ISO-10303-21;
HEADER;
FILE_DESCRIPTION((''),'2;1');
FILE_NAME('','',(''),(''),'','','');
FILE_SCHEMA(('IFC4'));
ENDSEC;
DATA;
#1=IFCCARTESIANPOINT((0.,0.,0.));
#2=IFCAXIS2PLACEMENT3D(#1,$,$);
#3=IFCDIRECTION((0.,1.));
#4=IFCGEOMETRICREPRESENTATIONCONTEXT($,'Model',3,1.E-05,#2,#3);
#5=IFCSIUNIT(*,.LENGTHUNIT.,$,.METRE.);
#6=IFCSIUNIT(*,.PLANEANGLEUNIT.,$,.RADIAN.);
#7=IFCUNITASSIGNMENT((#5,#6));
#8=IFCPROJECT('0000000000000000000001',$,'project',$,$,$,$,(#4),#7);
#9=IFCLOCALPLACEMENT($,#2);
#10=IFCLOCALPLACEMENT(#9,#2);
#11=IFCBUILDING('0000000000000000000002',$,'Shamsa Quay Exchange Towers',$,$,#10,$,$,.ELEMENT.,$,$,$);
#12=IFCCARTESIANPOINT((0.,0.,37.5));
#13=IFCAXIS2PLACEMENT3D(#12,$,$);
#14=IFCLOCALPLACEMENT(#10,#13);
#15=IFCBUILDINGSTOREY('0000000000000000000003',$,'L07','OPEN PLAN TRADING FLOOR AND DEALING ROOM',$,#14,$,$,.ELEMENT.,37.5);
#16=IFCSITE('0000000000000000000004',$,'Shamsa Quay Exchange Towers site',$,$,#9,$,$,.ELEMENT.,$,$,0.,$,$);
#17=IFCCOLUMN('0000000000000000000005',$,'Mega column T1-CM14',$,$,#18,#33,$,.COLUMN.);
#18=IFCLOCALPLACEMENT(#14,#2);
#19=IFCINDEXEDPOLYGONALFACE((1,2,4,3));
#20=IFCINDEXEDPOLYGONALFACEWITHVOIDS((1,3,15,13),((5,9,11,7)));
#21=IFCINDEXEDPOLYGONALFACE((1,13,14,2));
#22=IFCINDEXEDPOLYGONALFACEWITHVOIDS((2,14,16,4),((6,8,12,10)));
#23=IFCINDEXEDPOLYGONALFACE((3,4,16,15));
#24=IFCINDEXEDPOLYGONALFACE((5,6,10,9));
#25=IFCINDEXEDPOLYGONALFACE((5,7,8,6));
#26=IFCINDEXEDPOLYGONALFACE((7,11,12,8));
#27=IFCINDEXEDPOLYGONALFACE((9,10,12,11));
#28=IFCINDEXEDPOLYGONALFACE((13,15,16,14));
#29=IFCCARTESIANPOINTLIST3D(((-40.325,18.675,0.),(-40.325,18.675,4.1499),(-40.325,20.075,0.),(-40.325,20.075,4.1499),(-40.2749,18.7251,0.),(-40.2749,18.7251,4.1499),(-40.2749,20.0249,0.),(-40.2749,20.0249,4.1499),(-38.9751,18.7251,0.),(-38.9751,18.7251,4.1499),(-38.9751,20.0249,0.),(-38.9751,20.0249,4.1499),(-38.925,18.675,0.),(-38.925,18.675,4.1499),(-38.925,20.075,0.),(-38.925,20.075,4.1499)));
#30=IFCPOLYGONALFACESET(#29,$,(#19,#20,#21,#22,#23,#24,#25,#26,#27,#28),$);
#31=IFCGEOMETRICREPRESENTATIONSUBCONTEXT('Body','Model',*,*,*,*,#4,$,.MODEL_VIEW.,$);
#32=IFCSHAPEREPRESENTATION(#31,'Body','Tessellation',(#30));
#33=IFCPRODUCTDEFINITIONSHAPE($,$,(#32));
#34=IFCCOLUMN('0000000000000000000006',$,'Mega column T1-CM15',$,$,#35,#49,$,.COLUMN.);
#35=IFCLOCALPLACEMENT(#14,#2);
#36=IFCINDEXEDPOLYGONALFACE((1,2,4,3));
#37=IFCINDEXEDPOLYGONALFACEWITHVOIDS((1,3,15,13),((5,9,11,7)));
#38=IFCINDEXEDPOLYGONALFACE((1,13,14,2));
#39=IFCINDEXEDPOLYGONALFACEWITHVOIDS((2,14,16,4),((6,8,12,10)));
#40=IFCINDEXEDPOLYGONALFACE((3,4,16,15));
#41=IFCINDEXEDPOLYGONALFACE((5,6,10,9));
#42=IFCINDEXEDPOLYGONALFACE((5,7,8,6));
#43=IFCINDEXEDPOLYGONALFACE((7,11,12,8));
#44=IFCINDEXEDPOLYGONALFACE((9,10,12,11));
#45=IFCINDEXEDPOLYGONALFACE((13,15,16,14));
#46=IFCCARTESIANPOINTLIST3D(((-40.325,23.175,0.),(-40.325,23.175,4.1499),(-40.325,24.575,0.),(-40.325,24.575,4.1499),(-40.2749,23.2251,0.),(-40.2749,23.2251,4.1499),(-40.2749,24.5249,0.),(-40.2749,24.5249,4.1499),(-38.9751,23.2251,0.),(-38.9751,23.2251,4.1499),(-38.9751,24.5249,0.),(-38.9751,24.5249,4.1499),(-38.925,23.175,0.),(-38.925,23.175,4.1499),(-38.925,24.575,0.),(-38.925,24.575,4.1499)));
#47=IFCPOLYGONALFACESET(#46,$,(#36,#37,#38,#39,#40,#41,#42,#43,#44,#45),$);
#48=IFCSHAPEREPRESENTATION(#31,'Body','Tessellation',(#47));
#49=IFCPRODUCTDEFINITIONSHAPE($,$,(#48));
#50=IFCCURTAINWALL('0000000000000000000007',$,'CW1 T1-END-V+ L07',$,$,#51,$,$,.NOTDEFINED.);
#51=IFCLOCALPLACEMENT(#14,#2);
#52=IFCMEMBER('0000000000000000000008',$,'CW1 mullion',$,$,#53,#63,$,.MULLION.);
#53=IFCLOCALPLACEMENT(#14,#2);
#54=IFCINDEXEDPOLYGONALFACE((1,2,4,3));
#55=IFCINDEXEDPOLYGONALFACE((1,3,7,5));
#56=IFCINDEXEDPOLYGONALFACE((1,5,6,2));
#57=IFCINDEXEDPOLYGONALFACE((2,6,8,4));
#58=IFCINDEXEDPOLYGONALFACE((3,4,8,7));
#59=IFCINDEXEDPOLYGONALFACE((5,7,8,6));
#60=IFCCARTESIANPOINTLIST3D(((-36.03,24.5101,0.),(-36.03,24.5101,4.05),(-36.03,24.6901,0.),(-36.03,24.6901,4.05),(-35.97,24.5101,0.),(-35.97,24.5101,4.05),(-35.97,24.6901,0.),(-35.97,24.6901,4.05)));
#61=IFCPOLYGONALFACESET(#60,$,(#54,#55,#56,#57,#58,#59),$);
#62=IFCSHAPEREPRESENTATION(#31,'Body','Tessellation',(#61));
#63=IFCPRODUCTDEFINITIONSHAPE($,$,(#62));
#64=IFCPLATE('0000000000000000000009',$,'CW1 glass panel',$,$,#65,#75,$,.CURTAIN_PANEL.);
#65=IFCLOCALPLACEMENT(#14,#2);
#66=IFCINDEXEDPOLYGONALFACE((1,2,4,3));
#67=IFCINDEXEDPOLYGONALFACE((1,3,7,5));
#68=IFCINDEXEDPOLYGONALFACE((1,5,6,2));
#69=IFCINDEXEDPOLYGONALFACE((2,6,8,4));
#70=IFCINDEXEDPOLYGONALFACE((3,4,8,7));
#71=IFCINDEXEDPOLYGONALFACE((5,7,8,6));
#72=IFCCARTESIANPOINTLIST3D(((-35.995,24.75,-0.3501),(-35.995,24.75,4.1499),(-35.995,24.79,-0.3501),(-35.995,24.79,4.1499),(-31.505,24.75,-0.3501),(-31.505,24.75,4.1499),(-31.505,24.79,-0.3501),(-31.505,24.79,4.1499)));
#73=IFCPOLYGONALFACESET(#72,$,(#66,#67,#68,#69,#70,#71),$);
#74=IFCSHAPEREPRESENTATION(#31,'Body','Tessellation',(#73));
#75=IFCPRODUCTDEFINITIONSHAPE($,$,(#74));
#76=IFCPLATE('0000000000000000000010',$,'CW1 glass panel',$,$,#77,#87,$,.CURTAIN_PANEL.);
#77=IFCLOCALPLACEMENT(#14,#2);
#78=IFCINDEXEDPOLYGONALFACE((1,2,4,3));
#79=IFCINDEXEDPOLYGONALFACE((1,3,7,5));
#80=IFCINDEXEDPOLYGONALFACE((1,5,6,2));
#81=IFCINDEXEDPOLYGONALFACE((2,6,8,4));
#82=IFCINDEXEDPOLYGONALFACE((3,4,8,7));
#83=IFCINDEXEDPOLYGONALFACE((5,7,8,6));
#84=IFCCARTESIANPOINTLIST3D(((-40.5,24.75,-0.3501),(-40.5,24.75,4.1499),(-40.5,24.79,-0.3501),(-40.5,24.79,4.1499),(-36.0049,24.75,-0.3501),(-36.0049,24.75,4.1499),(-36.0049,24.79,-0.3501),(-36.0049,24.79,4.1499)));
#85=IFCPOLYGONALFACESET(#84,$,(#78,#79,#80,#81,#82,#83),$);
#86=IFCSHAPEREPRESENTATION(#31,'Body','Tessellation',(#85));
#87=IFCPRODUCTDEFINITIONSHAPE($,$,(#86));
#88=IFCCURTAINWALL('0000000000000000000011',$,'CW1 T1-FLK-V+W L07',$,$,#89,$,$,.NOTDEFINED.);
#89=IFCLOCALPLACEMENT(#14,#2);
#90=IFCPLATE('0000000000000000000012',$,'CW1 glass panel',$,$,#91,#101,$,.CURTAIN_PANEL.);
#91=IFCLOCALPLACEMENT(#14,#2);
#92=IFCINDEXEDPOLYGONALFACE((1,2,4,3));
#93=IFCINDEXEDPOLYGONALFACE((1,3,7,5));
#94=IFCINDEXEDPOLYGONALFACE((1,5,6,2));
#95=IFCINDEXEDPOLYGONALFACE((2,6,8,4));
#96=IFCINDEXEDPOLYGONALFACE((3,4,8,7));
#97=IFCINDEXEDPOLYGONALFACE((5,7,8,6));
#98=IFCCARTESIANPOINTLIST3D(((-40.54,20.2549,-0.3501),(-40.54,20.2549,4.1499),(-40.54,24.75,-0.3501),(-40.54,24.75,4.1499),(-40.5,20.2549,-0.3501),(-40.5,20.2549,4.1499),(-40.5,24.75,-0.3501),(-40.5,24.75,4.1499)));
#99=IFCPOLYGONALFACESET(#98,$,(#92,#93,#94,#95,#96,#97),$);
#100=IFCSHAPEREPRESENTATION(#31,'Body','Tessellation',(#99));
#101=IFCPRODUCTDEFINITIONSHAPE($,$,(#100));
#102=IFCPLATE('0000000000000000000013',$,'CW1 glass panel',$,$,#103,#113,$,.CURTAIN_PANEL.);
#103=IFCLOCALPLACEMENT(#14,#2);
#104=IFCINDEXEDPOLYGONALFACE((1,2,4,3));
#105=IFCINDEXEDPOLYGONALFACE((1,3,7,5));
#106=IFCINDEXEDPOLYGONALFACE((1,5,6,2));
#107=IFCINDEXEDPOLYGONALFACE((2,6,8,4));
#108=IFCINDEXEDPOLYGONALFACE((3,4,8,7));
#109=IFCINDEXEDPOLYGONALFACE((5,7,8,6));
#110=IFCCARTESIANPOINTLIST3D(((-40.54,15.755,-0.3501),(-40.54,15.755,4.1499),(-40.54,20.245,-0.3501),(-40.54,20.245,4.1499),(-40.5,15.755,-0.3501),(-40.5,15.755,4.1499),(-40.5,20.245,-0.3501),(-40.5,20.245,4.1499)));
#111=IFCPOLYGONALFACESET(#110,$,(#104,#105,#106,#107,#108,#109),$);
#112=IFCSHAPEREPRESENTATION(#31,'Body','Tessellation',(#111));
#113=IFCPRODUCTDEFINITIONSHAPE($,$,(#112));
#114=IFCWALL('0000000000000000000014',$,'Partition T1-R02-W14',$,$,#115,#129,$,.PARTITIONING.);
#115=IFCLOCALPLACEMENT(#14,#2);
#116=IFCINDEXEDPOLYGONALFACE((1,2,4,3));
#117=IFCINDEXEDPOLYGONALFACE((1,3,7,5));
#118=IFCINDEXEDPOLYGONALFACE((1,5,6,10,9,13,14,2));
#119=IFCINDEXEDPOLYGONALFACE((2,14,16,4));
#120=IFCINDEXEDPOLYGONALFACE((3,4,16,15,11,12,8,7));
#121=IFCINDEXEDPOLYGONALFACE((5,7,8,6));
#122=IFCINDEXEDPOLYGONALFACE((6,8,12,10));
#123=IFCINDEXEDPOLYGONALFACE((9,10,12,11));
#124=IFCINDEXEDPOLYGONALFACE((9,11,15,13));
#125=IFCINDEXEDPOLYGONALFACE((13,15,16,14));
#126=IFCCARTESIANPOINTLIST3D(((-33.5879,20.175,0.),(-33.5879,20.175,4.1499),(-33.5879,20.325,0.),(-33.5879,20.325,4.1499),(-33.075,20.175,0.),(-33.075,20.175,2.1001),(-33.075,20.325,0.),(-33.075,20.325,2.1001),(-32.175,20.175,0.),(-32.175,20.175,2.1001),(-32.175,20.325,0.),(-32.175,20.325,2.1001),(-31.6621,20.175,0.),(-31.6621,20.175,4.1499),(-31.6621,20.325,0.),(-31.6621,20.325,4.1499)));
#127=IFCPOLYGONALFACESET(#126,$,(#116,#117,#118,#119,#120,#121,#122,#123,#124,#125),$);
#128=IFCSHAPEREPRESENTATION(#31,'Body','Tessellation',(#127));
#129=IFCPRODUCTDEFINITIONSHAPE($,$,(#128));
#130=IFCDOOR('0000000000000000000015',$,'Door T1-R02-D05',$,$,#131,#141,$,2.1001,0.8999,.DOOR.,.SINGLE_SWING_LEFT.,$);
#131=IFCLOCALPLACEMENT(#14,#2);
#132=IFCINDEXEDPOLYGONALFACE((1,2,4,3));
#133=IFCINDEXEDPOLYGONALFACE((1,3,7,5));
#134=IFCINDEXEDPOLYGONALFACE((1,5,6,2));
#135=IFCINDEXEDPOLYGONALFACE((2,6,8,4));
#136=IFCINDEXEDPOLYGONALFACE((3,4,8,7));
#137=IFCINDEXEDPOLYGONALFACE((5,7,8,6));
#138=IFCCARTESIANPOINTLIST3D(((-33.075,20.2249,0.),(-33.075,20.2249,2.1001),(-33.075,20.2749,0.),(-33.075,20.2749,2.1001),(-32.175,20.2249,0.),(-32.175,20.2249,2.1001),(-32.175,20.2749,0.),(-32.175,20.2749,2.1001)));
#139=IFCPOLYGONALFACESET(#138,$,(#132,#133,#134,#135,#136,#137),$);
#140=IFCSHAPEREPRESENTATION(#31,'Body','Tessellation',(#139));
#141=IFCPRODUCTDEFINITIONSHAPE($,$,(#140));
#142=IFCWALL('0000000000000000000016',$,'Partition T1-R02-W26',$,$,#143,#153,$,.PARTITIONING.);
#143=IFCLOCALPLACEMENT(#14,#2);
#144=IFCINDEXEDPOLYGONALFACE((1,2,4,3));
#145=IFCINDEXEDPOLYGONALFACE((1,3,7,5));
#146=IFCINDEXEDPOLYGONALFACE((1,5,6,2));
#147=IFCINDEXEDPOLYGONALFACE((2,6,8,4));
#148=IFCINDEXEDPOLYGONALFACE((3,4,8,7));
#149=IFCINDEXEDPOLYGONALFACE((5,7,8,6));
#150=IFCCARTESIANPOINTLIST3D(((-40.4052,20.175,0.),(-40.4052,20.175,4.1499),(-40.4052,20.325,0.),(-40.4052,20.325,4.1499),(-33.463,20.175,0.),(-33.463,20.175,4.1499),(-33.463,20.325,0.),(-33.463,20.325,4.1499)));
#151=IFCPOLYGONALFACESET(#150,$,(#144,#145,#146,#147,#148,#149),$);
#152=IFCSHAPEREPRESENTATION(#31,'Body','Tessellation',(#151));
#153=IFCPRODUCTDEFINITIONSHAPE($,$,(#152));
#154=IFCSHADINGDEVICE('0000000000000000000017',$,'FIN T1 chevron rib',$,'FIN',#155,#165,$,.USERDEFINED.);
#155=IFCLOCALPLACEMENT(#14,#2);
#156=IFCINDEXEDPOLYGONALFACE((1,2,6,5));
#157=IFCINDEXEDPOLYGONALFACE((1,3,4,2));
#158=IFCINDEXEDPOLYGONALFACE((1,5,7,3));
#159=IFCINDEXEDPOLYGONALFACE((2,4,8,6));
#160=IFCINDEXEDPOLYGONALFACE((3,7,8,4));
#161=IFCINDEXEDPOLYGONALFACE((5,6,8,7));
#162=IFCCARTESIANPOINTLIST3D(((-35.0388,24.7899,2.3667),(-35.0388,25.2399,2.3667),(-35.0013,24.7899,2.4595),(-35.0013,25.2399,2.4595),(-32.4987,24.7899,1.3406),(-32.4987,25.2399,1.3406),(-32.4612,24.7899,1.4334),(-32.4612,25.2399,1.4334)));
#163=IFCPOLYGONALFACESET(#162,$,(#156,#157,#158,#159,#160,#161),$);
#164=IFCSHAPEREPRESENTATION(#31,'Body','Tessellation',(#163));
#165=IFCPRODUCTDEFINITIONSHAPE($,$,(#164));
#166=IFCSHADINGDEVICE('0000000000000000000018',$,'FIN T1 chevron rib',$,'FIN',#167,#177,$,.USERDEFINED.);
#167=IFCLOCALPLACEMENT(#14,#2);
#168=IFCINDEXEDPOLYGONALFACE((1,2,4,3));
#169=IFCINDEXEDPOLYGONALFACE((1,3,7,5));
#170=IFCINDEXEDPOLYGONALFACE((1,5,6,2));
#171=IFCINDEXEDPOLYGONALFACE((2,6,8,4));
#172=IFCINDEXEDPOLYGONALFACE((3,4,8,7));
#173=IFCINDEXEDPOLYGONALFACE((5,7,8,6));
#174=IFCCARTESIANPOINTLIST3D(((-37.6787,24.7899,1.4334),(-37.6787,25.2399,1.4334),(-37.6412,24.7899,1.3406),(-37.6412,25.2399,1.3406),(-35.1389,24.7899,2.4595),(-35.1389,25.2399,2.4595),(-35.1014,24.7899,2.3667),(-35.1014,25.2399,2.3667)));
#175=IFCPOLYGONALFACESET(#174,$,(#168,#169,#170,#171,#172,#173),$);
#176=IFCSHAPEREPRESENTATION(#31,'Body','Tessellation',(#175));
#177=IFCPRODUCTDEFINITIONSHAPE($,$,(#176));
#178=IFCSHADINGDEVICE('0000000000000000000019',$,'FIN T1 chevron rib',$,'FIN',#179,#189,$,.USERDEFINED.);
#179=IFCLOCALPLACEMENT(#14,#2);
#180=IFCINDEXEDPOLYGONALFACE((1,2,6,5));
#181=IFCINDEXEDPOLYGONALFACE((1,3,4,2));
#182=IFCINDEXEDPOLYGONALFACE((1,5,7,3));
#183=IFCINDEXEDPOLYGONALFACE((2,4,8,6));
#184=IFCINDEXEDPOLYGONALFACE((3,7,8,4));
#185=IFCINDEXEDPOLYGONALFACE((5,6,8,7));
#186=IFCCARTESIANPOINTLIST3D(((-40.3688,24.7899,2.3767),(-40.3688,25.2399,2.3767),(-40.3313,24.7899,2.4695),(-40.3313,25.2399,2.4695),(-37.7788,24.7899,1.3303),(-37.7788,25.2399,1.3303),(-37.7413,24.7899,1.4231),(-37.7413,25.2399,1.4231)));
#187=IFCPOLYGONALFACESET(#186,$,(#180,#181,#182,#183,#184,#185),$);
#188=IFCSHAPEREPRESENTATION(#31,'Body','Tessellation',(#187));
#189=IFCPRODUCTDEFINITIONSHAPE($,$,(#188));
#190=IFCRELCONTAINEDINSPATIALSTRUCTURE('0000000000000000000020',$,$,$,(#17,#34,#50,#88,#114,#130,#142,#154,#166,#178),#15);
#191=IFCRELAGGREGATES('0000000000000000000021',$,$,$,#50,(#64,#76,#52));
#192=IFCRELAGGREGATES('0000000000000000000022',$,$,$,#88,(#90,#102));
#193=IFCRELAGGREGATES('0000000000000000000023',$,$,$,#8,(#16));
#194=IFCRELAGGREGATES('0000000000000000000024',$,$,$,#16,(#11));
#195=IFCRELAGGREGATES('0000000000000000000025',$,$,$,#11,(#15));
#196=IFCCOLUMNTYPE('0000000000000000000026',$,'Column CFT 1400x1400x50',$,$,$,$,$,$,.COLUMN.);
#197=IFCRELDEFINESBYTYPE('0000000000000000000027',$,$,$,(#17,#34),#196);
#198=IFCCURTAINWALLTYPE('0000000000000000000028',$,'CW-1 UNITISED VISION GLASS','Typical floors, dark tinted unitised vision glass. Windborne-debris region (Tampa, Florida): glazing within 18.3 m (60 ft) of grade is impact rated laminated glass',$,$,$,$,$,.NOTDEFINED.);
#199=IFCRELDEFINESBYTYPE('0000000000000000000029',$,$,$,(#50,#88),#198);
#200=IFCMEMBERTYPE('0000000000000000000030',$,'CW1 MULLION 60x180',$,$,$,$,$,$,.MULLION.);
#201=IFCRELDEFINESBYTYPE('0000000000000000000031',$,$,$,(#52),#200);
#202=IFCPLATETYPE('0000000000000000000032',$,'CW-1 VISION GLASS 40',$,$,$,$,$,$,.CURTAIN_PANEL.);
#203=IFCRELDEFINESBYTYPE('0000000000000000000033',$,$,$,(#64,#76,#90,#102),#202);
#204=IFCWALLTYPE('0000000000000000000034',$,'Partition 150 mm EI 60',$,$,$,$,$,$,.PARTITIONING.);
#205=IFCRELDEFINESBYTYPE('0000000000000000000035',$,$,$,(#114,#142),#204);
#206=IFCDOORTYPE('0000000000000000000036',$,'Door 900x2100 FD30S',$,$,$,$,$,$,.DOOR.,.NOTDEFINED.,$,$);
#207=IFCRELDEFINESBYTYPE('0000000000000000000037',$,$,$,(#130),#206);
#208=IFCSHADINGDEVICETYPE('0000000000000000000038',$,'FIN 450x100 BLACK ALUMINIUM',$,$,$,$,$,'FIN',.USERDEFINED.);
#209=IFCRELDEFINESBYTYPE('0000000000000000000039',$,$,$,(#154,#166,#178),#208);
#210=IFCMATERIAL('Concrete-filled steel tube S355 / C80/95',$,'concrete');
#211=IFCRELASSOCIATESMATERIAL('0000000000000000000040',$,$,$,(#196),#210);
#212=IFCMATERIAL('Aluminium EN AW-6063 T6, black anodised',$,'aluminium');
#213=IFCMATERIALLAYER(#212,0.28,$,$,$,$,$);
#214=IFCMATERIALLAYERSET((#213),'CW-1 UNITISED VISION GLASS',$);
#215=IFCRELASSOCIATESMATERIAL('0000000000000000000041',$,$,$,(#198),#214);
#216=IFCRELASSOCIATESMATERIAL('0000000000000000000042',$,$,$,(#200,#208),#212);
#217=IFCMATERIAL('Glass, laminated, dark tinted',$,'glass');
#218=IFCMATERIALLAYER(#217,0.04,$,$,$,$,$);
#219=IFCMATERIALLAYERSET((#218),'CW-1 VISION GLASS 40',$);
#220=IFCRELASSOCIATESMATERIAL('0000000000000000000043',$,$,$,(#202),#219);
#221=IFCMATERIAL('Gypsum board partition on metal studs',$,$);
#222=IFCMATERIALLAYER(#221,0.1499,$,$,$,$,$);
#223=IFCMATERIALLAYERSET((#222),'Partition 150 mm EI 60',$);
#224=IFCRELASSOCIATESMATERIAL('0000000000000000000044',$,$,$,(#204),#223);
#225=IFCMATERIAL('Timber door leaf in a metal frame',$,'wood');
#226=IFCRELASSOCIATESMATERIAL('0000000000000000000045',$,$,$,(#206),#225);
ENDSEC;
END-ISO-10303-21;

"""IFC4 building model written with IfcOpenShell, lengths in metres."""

from ifc_helpers import new_model, si_unit, direction, frame, frame_2d, origin, origin_2d, place, context, subcontext, project, spatial, rectangle, hollow_rectangle, extrude, material, layer, layer_set, material_profile, profile_set, type_object, element, fill, aggregate, save


model = new_model("IFC4")

# Units and contexts
model_context = context("Model", 3, precision=1e-05, world=origin(), true_north=direction((0.0, 1.0)))
body_context = subcontext(model_context, "Body", "Model", "MODEL_VIEW")
ifc_project = project(units=[si_unit("LENGTHUNIT", "METRE"), si_unit("PLANEANGLEUNIT", "RADIAN")], contexts=[model_context])

# Site, building, storey
site_placement = place(None, origin())
site = spatial("IfcSite", under=ifc_project, at=site_placement, Name="Shamsa Quay Exchange Towers site", CompositionType="ELEMENT", RefElevation=0.0)
building_placement = place(site_placement, origin())
building = spatial("IfcBuilding", under=site, at=building_placement, Name="Shamsa Quay Exchange Towers", CompositionType="ELEMENT")
storey_placement = place(building_placement, frame((0.0, 0.0, 37.5)))
storey = spatial("IfcBuildingStorey", under=building, at=storey_placement, Name="L07", Description="OPEN PLAN TRADING FLOOR AND DEALING ROOM", CompositionType="ELEMENT", Elevation=37.5)

# Columns
ifc_material_1 = material(Name="Concrete-filled steel tube S355 / C80/95", Category="concrete")
ifc_material_profile_1 = material_profile(ifc_material_1, hollow_rectangle(XDim=1.3999, YDim=1.3999, WallThickness=0.05, at=origin_2d()), Name="CFT 1400x1400x50")
ifc_profile_set_1 = profile_set([ifc_material_profile_1], Name="Concrete-filled steel tube S355 / C80/95")
column_type = type_object("IfcColumnType", Name="Column CFT 1400x1400x50", PredefinedType="COLUMN", material=ifc_profile_set_1)
for number, where, name in (
    (1, (-39.625, 19.375, 0.0), "Mega column T1-CM14"),
    (2, (-39.625, 23.875, 0.0), "Mega column T1-CM15"),
):
    element("IfcColumn", number, at=place(storey_placement, frame(where)), inside=storey, type_object=column_type, Name=name, PredefinedType="COLUMN", context=body_context, shape_type="SweptSolid", body=[
        extrude(hollow_rectangle(XDim=1.3999, YDim=1.3999, WallThickness=0.05, at=origin_2d()), origin(), (0.0, 0.0, 1.0), 4.1499),
    ])

# Curtain wall, member, plates
ifc_material_2 = material(Name="Aluminium EN AW-6063 T6, black anodised", Category="aluminium")
ifc_layer_1 = layer(ifc_material_2, 0.28)
ifc_layer_set_1 = layer_set([ifc_layer_1], Name="CW-1 UNITISED VISION GLASS")
curtain_wall_type = type_object("IfcCurtainWallType", Name="CW-1 UNITISED VISION GLASS", Description="Typical floors, dark tinted unitised vision glass. Windborne-debris region (Tampa, Florida): glazing within 18.3 m (60 ft) of grade is impact rated laminated glass", PredefinedType="NOTDEFINED", material=ifc_layer_set_1)
curtain_wall_1_placement = place(storey_placement, origin())
curtain_wall_1 = element("IfcCurtainWall", 3, at=curtain_wall_1_placement, inside=storey, type_object=curtain_wall_type, Name="CW1 T1-END-V+ L07", PredefinedType="NOTDEFINED")
ifc_material_profile_2 = material_profile(ifc_material_2, rectangle(XDim=0.1799, YDim=0.0601, at=origin_2d()), Name="MU60x180")
ifc_profile_set_2 = profile_set([ifc_material_profile_2], Name="Aluminium EN AW-6063 T6, black anodised")
member_type = type_object("IfcMemberType", Name="CW1 MULLION 60x180", PredefinedType="MULLION", material=ifc_profile_set_2)
member_placement = place(storey_placement, frame((-36.0, 24.6001, 0.0), z_axis=(0.0, 0.0, 1.0), x_axis=(0.0, -1.0, 0.0)))
member = element("IfcMember", 4, at=member_placement, type_object=member_type, Name="CW1 mullion", PredefinedType="MULLION", context=body_context, shape_type="SweptSolid", body=[
    extrude(rectangle(XDim=0.1799, YDim=0.0601, at=origin_2d()), origin(), (0.0, 0.0, 1.0), 4.05),
])
ifc_material_3 = material(Name="Glass, laminated, dark tinted", Category="glass")
ifc_layer_2 = layer(ifc_material_3, 0.04)
ifc_layer_set_2 = layer_set([ifc_layer_2], Name="CW-1 VISION GLASS 40")
plate_type = type_object("IfcPlateType", Name="CW-1 VISION GLASS 40", PredefinedType="CURTAIN_PANEL", material=ifc_layer_set_2)
plate_1_placement = place(storey_placement, frame((-33.75, 24.77, -0.3501), z_axis=(0.0, 0.0, 1.0), x_axis=(-1.0, 0.0, 0.0)))
plate_1 = element("IfcPlate", 5, at=plate_1_placement, type_object=plate_type, Name="CW1 glass panel", PredefinedType="CURTAIN_PANEL", context=body_context, shape_type="SweptSolid", body=[
    extrude(rectangle(XDim=4.49, YDim=0.04, at=origin_2d()), origin(), (0.0, 0.0, 1.0), 4.5),
])
plate_2_placement = place(storey_placement, frame((-38.2524, 24.77, -0.3501), z_axis=(0.0, 0.0, 1.0), x_axis=(-1.0, 0.0, 0.0)))
plate_2 = element("IfcPlate", 6, at=plate_2_placement, type_object=plate_type, Name="CW1 glass panel", PredefinedType="CURTAIN_PANEL", context=body_context, shape_type="SweptSolid", body=[
    extrude(rectangle(XDim=4.4951, YDim=0.04, at=origin_2d()), origin(), (0.0, 0.0, 1.0), 4.5),
])
aggregate(curtain_wall_1, [plate_1, plate_2, member])

# Curtain wall, plates
curtain_wall_2_placement = place(storey_placement, origin())
curtain_wall_2 = element("IfcCurtainWall", 7, at=curtain_wall_2_placement, inside=storey, type_object=curtain_wall_type, Name="CW1 T1-FLK-V+W L07", PredefinedType="NOTDEFINED")
plate_3_placement = place(storey_placement, frame((-40.52, 22.5024, -0.3501), z_axis=(0.0, 0.0, 1.0), x_axis=(0.0, -1.0, 0.0)))
plate_3 = element("IfcPlate", 8, at=plate_3_placement, type_object=plate_type, Name="CW1 glass panel", PredefinedType="CURTAIN_PANEL", context=body_context, shape_type="SweptSolid", body=[
    extrude(rectangle(XDim=4.4951, YDim=0.04, at=origin_2d()), origin(), (0.0, 0.0, 1.0), 4.5),
])
plate_4_placement = place(storey_placement, frame((-40.52, 18.0, -0.3501), z_axis=(0.0, 0.0, 1.0), x_axis=(0.0, -1.0, 0.0)))
plate_4 = element("IfcPlate", 9, at=plate_4_placement, type_object=plate_type, Name="CW1 glass panel", PredefinedType="CURTAIN_PANEL", context=body_context, shape_type="SweptSolid", body=[
    extrude(rectangle(XDim=4.49, YDim=0.04, at=origin_2d()), origin(), (0.0, 0.0, 1.0), 4.5),
])
aggregate(curtain_wall_2, [plate_3, plate_4])

# Wall, opening, door
ifc_material_4 = material(Name="Gypsum board partition on metal studs")
ifc_layer_3 = layer(ifc_material_4, 0.1499)
ifc_layer_set_3 = layer_set([ifc_layer_3], Name="Partition 150 mm EI 60")
wall_type = type_object("IfcWallType", Name="Partition 150 mm EI 60", PredefinedType="PARTITIONING", material=ifc_layer_set_3)
wall_1_placement = place(storey_placement, frame((-33.5879, 20.25, 0.0)))
wall_1 = element("IfcWall", 10, at=wall_1_placement, inside=storey, type_object=wall_type, Name="Partition T1-R02-W14", PredefinedType="PARTITIONING", context=body_context, shape_type="SweptSolid", body=[
    extrude(rectangle(XDim=1.9258, YDim=0.1499, at=frame_2d((0.9629, 0.0))), origin(), (0.0, 0.0, 1.0), 4.1499),
])
opening_placement = place(wall_1_placement, frame((0.5129, 0.0, 0.0)))
opening = element("IfcOpeningElement", 11, at=opening_placement, cuts=wall_1, PredefinedType="OPENING", context=body_context, shape_type="SweptSolid", body=[
    extrude(rectangle(XDim=0.8999, YDim=2.1001, at=frame_2d((0.45, 1.05))), frame((0.0, 0.085, 0.0), z_axis=(0.0, -1.0, 0.0), x_axis=(1.0, 0.0, 0.0)), (0.0, 0.0, 1.0), 0.1699),
])
ifc_material_5 = material(Name="Timber door leaf in a metal frame", Category="wood")
door_type = type_object("IfcDoorType", Name="Door 900x2100 FD30S", OperationType="NOTDEFINED", PredefinedType="DOOR", material=ifc_material_5)
door_placement = place(opening_placement, origin())
door = element("IfcDoor", 12, at=door_placement, inside=storey, type_object=door_type, Name="Door T1-R02-D05", OperationType="SINGLE_SWING_LEFT", OverallHeight=2.1001, OverallWidth=0.8999, PredefinedType="DOOR", context=body_context, shape_type="SweptSolid", body=[
    extrude(rectangle(XDim=0.8999, YDim=2.1001, at=frame_2d((0.45, 1.05))), frame((0.0, 0.0249, 0.0), z_axis=(0.0, -1.0, 0.0), x_axis=(1.0, 0.0, 0.0)), (0.0, 0.0, 1.0), 0.05),
])
fill(opening, door)

# Wall
wall_2_placement = place(storey_placement, frame((-33.4629, 20.25, 0.0), z_axis=(0.0, 0.0, 1.0), x_axis=(-1.0, 0.0, 0.0)))
element("IfcWall", 13, at=wall_2_placement, inside=storey, type_object=wall_type, Name="Partition T1-R02-W26", PredefinedType="PARTITIONING", context=body_context, shape_type="SweptSolid", body=[
    extrude(rectangle(XDim=6.9421, YDim=0.1499, at=frame_2d((3.4712, 0.0))), origin(), (0.0, 0.0, 1.0), 4.1499),
])

# Shading devices
ifc_material_profile_3 = material_profile(ifc_material_2, rectangle(XDim=0.45, YDim=0.1001, at=origin_2d()), Name="FIN450x100")
ifc_profile_set_3 = profile_set([ifc_material_profile_3], Name="Aluminium EN AW-6063 T6, black anodised")
shading_device_type = type_object("IfcShadingDeviceType", Name="FIN 450x100 BLACK ALUMINIUM", ElementType="FIN", PredefinedType="USERDEFINED", material=ifc_profile_set_3)
shading_device_1_placement = place(storey_placement, frame((-32.48, 25.0149, 1.387), z_axis=(-0.927199, 0.0, 0.374569), x_axis=(0.0, -1.0, 0.0)))
element("IfcShadingDevice", 14, at=shading_device_1_placement, inside=storey, type_object=shading_device_type, Name="FIN T1 chevron rib", ObjectType="FIN", PredefinedType="USERDEFINED", context=body_context, shape_type="SweptSolid", body=[
    extrude(rectangle(XDim=0.45, YDim=0.1001, at=origin_2d()), origin(), (0.0, 0.0, 1.0), 2.7395),
])
shading_device_2_placement = place(storey_placement, frame((-35.1201, 25.0149, 2.4131), z_axis=(-0.927186, 0.0, -0.3746), x_axis=(0.0, -1.0, 0.0)))
element("IfcShadingDevice", 15, at=shading_device_2_placement, inside=storey, type_object=shading_device_type, Name="FIN T1 chevron rib", ObjectType="FIN", PredefinedType="USERDEFINED", context=body_context, shape_type="SweptSolid", body=[
    extrude(rectangle(XDim=0.45, YDim=0.1001, at=origin_2d()), origin(), (0.0, 0.0, 1.0), 2.7393),
])
for number, where, z_axis, x_axis, name in (
    (16, (-37.76, 25.0149, 1.3767), (-0.927193, 0.0, 0.374583), (0.0, -1.0, 0.0), "FIN T1 chevron rib"),
):
    element("IfcShadingDevice", number, at=place(storey_placement, frame(where, z_axis=z_axis, x_axis=x_axis)), inside=storey, type_object=shading_device_type, Name=name, ObjectType="FIN", PredefinedType="USERDEFINED", context=body_context, shape_type="SweptSolid", body=[
        extrude(rectangle(XDim=0.45, YDim=0.1001, at=origin_2d()), origin(), (0.0, 0.0, 1.0), 2.7935),
    ])

save(model, "model.ifc")
